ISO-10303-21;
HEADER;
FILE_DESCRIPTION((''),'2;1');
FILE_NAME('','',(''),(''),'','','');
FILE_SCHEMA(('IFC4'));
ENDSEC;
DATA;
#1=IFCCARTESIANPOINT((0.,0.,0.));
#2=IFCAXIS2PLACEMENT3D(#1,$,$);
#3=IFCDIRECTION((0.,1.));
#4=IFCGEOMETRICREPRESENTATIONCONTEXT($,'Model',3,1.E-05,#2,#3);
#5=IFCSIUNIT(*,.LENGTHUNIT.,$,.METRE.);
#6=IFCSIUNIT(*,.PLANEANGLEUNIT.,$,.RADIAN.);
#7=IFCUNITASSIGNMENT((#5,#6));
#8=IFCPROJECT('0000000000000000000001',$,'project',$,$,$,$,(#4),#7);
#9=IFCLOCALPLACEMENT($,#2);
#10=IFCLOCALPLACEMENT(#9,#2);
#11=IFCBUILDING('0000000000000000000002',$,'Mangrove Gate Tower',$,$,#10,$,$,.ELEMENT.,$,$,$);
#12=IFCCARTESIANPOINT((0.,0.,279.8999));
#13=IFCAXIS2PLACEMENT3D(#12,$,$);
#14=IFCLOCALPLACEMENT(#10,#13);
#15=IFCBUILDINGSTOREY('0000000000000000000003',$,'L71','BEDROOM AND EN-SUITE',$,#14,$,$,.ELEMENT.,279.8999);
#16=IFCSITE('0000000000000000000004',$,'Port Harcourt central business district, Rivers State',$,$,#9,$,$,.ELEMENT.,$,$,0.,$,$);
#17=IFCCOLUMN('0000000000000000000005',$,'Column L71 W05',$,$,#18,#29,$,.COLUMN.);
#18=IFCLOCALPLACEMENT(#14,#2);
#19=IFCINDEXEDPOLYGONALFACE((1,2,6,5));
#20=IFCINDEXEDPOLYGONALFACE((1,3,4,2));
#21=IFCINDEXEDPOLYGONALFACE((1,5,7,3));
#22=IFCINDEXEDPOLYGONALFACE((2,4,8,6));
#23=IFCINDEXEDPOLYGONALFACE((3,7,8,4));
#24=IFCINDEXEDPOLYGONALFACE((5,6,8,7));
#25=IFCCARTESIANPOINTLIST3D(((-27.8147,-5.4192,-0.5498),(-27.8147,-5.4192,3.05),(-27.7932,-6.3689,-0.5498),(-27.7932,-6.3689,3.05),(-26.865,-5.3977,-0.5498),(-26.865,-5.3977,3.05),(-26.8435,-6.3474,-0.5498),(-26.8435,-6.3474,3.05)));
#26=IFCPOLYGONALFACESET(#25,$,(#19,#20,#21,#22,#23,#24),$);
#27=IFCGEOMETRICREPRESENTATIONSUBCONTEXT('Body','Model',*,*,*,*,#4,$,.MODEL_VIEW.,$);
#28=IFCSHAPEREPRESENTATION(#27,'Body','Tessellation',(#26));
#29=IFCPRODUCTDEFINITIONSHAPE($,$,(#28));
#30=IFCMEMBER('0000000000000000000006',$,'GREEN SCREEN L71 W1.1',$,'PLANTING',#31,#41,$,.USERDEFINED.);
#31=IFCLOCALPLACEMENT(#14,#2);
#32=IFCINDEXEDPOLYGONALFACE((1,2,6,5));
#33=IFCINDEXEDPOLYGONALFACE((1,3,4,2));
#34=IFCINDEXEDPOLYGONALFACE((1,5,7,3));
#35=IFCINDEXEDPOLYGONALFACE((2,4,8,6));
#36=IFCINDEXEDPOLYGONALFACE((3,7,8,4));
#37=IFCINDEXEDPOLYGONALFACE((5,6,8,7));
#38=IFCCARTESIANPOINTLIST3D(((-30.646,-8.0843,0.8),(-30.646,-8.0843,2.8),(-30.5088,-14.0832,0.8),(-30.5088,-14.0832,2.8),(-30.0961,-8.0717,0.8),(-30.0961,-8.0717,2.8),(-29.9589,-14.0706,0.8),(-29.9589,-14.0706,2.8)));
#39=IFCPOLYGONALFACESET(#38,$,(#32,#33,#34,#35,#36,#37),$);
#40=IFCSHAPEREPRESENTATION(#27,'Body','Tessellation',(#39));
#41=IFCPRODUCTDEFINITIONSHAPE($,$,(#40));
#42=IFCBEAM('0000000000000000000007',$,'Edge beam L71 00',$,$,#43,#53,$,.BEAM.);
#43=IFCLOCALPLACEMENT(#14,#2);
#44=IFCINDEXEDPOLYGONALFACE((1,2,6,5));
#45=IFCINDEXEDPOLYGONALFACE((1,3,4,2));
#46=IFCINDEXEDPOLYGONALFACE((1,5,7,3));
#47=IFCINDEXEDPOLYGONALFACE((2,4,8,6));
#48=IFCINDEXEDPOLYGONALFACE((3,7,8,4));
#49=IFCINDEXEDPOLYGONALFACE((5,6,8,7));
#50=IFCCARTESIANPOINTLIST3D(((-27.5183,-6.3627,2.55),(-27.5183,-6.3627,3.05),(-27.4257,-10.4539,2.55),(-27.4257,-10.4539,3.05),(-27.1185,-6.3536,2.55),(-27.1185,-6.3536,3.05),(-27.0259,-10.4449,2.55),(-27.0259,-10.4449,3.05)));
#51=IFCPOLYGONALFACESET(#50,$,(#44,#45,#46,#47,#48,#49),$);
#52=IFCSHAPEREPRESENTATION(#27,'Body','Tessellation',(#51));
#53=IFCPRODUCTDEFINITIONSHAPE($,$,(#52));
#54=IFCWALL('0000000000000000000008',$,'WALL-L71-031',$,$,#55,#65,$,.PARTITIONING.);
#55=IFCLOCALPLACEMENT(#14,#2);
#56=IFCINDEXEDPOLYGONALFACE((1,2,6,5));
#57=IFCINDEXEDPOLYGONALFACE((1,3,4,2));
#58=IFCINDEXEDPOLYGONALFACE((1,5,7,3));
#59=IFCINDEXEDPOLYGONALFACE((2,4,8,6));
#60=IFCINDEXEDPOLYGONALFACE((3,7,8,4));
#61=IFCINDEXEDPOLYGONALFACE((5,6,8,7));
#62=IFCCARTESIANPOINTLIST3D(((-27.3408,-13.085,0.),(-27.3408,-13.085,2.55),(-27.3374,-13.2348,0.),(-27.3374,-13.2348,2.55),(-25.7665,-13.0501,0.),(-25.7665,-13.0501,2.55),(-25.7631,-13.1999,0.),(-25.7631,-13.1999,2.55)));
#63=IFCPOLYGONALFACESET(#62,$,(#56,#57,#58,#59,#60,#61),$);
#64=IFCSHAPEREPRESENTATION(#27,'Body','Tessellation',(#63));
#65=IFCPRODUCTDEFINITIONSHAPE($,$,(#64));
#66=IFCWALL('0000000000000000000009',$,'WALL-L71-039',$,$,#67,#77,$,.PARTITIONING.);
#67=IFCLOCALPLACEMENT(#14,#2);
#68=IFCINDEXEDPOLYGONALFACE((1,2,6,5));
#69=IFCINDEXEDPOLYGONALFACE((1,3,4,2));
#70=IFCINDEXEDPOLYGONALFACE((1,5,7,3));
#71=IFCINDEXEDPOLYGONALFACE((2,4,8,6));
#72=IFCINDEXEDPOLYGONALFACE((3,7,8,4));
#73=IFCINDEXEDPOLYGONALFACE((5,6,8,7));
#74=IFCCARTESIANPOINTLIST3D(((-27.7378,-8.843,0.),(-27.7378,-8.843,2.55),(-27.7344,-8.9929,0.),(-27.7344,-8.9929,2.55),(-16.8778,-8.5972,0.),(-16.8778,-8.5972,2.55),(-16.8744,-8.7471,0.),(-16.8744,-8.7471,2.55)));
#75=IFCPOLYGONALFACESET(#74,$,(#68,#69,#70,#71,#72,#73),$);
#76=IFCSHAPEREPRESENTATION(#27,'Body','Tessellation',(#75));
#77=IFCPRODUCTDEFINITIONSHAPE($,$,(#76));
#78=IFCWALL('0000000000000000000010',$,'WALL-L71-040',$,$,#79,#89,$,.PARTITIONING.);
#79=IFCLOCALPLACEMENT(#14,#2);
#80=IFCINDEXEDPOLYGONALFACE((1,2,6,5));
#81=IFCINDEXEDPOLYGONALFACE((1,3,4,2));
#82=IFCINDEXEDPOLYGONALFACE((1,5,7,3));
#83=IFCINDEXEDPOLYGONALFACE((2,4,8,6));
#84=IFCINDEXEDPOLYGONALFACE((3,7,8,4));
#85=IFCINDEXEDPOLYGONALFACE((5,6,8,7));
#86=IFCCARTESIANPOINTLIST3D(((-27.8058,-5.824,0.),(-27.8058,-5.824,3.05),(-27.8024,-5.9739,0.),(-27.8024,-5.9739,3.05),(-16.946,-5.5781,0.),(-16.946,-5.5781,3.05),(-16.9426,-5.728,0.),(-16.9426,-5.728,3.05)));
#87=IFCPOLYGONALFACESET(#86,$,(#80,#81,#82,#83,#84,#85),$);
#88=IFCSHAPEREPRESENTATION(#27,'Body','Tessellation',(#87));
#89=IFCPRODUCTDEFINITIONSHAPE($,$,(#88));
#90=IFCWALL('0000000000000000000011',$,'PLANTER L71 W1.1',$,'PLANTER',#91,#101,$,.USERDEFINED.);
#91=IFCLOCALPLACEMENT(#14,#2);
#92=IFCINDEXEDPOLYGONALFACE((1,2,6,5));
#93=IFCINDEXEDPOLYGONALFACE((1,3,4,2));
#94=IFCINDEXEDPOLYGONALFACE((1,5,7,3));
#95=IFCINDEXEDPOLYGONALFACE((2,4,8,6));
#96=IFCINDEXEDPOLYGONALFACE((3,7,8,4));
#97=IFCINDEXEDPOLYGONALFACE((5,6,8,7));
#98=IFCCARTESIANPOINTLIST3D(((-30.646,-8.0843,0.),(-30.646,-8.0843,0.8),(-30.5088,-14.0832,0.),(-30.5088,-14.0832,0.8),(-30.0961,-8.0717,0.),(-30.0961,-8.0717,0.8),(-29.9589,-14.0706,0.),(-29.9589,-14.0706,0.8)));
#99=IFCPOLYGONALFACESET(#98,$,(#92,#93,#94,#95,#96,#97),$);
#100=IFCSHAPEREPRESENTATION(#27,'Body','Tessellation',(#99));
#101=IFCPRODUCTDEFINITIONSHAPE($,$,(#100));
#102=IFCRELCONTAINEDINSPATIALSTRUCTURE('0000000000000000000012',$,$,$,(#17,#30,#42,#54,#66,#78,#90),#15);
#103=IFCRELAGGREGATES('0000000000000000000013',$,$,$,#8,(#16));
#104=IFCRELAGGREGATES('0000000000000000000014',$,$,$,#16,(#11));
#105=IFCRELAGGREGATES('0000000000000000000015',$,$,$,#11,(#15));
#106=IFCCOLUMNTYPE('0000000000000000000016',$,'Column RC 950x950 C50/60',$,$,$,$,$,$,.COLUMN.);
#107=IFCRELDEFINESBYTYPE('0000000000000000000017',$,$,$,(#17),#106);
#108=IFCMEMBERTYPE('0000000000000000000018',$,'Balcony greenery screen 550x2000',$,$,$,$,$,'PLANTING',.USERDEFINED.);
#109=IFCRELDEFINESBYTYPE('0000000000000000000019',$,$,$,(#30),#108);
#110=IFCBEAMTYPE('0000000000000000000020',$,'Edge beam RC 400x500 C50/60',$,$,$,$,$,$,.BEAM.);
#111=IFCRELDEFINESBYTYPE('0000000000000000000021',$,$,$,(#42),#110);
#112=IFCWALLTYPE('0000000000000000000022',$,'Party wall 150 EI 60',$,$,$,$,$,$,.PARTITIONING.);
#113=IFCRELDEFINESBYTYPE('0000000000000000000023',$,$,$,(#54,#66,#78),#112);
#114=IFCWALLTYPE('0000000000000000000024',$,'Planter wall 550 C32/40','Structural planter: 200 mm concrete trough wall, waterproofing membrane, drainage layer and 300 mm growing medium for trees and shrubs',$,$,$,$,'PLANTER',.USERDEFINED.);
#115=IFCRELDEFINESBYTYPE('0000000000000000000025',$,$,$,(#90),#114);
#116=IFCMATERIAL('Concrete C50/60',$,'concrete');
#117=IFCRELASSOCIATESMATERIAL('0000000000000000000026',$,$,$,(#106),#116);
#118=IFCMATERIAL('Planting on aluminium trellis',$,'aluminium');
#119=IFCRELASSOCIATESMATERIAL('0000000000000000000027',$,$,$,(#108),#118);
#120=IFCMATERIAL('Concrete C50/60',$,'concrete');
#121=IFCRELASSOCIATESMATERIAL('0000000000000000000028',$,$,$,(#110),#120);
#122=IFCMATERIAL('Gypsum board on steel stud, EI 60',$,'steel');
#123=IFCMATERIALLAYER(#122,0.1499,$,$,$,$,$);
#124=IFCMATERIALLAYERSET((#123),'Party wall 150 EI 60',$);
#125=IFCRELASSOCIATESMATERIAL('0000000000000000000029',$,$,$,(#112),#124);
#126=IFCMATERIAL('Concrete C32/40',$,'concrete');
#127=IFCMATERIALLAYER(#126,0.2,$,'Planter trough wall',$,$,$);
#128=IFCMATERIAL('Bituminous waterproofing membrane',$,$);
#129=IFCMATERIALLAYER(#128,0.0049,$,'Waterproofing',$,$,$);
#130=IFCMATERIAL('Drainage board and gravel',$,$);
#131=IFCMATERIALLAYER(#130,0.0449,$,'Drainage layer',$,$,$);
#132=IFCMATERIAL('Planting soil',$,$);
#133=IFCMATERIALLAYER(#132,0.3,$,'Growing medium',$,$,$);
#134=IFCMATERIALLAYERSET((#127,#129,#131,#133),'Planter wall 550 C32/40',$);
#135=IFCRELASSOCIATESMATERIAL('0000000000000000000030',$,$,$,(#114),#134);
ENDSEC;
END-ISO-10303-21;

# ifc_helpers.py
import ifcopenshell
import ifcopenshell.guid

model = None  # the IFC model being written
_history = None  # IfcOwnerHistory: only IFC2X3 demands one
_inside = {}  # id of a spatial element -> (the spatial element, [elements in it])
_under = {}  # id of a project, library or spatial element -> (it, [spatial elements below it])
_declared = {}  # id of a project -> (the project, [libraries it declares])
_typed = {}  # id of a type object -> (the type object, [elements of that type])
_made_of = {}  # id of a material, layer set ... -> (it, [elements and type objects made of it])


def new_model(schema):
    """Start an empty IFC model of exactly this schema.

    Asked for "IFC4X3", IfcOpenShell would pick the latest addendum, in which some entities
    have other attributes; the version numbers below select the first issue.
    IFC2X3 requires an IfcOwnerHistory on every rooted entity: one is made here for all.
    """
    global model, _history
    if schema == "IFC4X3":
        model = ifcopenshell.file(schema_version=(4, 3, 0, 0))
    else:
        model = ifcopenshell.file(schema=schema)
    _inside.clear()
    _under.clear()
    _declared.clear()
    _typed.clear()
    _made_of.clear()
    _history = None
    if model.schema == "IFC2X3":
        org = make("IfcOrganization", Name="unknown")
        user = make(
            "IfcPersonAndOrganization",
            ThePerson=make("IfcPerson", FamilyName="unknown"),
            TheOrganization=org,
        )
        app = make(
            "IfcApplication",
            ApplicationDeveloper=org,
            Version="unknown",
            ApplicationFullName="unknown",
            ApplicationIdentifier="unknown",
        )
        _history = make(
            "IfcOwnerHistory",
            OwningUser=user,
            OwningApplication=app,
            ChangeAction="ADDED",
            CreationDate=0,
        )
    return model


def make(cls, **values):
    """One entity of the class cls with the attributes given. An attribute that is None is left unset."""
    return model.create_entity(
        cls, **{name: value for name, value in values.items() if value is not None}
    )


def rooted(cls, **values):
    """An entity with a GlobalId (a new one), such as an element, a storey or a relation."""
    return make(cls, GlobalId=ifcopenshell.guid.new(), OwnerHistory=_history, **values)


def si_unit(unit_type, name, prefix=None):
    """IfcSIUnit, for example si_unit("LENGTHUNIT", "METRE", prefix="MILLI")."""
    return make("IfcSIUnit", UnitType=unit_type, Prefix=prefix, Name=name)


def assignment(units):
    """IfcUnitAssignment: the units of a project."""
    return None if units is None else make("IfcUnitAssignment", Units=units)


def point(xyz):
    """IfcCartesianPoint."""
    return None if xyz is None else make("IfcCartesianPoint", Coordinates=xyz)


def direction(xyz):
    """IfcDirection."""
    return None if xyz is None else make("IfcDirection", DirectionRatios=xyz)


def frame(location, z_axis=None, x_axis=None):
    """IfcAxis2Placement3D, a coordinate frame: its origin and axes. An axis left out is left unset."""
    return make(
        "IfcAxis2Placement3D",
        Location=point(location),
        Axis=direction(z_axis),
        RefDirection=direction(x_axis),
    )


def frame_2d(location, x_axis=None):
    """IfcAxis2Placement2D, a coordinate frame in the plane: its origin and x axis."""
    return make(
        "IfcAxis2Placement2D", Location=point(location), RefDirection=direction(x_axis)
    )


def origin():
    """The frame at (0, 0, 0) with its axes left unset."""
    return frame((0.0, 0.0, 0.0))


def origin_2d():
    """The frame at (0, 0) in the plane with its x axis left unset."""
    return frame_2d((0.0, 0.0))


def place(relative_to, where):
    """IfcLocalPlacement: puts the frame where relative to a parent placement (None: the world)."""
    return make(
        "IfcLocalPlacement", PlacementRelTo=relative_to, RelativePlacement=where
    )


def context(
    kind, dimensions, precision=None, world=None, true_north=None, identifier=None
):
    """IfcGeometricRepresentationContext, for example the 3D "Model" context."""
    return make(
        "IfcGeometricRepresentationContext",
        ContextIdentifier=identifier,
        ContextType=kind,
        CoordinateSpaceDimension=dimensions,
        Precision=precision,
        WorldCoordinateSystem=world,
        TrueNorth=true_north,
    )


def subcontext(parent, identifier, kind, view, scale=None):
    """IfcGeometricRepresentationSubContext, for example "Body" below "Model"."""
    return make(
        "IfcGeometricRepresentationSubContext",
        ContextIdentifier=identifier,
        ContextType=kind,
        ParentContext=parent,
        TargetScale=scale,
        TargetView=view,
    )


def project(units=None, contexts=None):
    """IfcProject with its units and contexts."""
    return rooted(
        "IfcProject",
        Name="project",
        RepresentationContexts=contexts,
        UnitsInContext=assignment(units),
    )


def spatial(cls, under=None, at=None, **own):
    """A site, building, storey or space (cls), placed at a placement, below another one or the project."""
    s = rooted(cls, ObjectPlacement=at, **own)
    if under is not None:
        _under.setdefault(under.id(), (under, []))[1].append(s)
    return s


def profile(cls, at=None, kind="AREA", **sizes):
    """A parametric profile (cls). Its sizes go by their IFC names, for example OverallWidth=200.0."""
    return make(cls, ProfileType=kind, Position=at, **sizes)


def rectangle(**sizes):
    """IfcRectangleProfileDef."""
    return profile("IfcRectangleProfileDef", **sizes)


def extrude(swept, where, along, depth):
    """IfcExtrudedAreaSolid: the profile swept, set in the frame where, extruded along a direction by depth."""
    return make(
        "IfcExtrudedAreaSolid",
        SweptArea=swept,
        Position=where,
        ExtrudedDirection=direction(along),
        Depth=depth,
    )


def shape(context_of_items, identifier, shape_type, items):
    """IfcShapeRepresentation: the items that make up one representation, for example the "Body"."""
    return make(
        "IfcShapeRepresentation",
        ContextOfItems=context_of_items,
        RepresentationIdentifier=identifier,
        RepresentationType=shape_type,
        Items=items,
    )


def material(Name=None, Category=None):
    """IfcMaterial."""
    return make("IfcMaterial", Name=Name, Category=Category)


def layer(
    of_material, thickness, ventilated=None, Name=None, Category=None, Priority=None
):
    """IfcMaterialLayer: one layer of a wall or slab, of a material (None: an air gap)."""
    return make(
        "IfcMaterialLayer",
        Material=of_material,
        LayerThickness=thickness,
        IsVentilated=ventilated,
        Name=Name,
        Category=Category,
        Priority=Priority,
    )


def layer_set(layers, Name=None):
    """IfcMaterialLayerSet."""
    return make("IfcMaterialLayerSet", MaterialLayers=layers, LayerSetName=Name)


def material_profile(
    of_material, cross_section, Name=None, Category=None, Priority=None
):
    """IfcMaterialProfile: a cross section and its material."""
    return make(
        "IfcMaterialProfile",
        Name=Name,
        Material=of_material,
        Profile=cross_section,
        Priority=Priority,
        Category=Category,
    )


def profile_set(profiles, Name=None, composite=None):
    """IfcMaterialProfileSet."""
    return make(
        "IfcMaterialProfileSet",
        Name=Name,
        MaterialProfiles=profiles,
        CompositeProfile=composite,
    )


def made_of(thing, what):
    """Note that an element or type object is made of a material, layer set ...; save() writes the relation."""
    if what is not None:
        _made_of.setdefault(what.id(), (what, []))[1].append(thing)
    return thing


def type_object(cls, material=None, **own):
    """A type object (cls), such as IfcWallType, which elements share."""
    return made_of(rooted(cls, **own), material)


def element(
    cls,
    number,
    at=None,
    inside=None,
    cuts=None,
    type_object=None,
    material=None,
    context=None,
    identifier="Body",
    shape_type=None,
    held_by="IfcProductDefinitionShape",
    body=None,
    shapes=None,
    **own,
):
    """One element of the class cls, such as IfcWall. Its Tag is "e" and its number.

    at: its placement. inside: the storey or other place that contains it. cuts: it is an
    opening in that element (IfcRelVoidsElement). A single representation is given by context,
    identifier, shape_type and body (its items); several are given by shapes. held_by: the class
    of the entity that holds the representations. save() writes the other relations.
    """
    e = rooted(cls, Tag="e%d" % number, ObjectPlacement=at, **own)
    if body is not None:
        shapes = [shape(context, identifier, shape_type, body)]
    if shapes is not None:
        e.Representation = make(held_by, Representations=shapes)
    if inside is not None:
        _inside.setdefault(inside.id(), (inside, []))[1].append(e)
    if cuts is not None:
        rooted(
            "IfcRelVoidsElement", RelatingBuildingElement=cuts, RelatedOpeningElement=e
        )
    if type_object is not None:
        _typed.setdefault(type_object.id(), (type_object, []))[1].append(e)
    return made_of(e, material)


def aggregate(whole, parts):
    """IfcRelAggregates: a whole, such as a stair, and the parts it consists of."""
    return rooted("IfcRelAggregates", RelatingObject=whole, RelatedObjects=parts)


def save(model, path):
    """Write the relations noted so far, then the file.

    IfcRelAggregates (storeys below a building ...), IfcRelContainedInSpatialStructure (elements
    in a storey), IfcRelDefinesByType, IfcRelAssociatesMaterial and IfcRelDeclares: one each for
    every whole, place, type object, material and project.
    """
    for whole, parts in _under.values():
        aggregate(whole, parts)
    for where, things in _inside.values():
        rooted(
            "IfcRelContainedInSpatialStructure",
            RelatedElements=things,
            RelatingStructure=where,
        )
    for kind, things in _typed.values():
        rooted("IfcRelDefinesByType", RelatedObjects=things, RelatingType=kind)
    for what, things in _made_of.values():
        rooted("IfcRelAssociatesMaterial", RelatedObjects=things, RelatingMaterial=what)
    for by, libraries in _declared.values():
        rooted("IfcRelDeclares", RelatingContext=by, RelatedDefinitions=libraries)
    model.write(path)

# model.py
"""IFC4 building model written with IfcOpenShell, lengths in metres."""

from ifc_helpers import new_model, si_unit, direction, frame, frame_2d, origin, origin_2d, place, context, subcontext, project, spatial, rectangle, extrude, material, layer, layer_set, material_profile, profile_set, type_object, element, save


model = new_model("IFC4")

# Units and contexts
model_context = context("Model", 3, precision=1e-05, world=origin(), true_north=direction((0.0, 1.0)))
body_context = subcontext(model_context, "Body", "Model", "MODEL_VIEW")
ifc_project = project(units=[si_unit("LENGTHUNIT", "METRE"), si_unit("PLANEANGLEUNIT", "RADIAN")], contexts=[model_context])

# Site, building, storey
site_placement = place(None, origin())
site = spatial("IfcSite", under=ifc_project, at=site_placement, Name="Port Harcourt central business district, Rivers State", CompositionType="ELEMENT", RefElevation=0.0)
building_placement = place(site_placement, origin())
building = spatial("IfcBuilding", under=site, at=building_placement, Name="Mangrove Gate Tower", CompositionType="ELEMENT")
storey_placement = place(building_placement, frame((0.0, 0.0, 279.8999)))
storey = spatial("IfcBuildingStorey", under=building, at=storey_placement, Name="L71", Description="BEDROOM AND EN-SUITE", CompositionType="ELEMENT", Elevation=279.8999)

# Column
ifc_material_1 = material(Name="Concrete C50/60", Category="concrete")
ifc_material_profile_1 = material_profile(ifc_material_1, rectangle(XDim=0.95, YDim=0.95, at=origin_2d()))
ifc_profile_set_1 = profile_set([ifc_material_profile_1], Name="Concrete C50/60")
column_type = type_object("IfcColumnType", Name="Column RC 950x950 C50/60", PredefinedType="COLUMN", material=ifc_profile_set_1)
column_placement = place(storey_placement, frame((-27.3291, -5.8833, -0.5498), z_axis=(0.0, 0.0, 1.0), x_axis=(0.022668, -0.999743, 0.0)))
element("IfcColumn", 1, at=column_placement, inside=storey, type_object=column_type, Name="Column L71 W05", PredefinedType="COLUMN", context=body_context, shape_type="SweptSolid", body=[
    extrude(rectangle(XDim=0.95, YDim=0.95, at=origin_2d()), origin(), (0.0, 0.0, 1.0), 3.5999),
])

# Member
ifc_material_2 = material(Name="Planting on aluminium trellis", Category="aluminium")
ifc_material_profile_2 = material_profile(ifc_material_2, rectangle(XDim=0.55, YDim=2.0, at=origin_2d()))
ifc_profile_set_2 = profile_set([ifc_material_profile_2], Name="Planting on aluminium trellis")
member_type = type_object("IfcMemberType", Name="Balcony greenery screen 550x2000", ElementType="PLANTING", PredefinedType="USERDEFINED", material=ifc_profile_set_2)
member_placement = place(storey_placement, frame((-30.2339, -14.0769, 1.8), z_axis=(-0.022866, 0.999739, 0.0), x_axis=(-0.999739, -0.022866, 0.0)))
element("IfcMember", 2, at=member_placement, inside=storey, type_object=member_type, Name="GREEN SCREEN L71 W1.1", ObjectType="PLANTING", PredefinedType="USERDEFINED", context=body_context, shape_type="SweptSolid", body=[
    extrude(rectangle(XDim=0.55, YDim=2.0, at=origin_2d()), origin(), (0.0, 0.0, 1.0), 6.0005),
])

# Beam
ifc_material_3 = material(Name="Concrete C50/60", Category="concrete")
ifc_material_profile_3 = material_profile(ifc_material_3, rectangle(XDim=0.3999, YDim=0.5, at=origin_2d()))
ifc_profile_set_3 = profile_set([ifc_material_profile_3], Name="Concrete C50/60")
beam_type = type_object("IfcBeamType", Name="Edge beam RC 400x500 C50/60", PredefinedType="BEAM", material=ifc_profile_set_3)
beam_placement = place(storey_placement, frame((-27.3184, -6.3582, 2.8), z_axis=(0.02261, -0.999744, 0.0), x_axis=(0.999744, 0.02261, 0.0)))
element("IfcBeam", 3, at=beam_placement, inside=storey, type_object=beam_type, Name="Edge beam L71 00", PredefinedType="BEAM", context=body_context, shape_type="SweptSolid", body=[
    extrude(rectangle(XDim=0.3999, YDim=0.5, at=origin_2d()), origin(), (0.0, 0.0, 1.0), 4.0923),
])

# Walls
ifc_material_4 = material(Name="Gypsum board on steel stud, EI 60", Category="steel")
ifc_layer_1 = layer(ifc_material_4, 0.1499)
ifc_layer_set_1 = layer_set([ifc_layer_1], Name="Party wall 150 EI 60")
wall_type_1 = type_object("IfcWallType", Name="Party wall 150 EI 60", PredefinedType="PARTITIONING", material=ifc_layer_set_1)
wall_1_placement = place(storey_placement, frame((-27.3391, -13.1599, 0.0), z_axis=(0.0, 0.0, 1.0), x_axis=(0.999754, 0.022172, 0.0)))
element("IfcWall", 4, at=wall_1_placement, inside=storey, type_object=wall_type_1, Name="WALL-L71-031", PredefinedType="PARTITIONING", context=body_context, shape_type="SweptSolid", body=[
    extrude(rectangle(XDim=1.5747, YDim=0.1499, at=frame_2d((0.7874, 0.0))), origin(), (0.0, 0.0, 1.0), 2.55),
])
wall_2_placement = place(storey_placement, frame((-27.7361, -8.918, 0.0), z_axis=(0.0, 0.0, 1.0), x_axis=(0.999744, 0.022632, 0.0)))
element("IfcWall", 5, at=wall_2_placement, inside=storey, type_object=wall_type_1, Name="WALL-L71-039", PredefinedType="PARTITIONING", context=body_context, shape_type="SweptSolid", body=[
    extrude(rectangle(XDim=10.8628, YDim=0.1499, at=frame_2d((5.4314, 0.0))), origin(), (0.0, 0.0, 1.0), 2.55),
])
wall_3_placement = place(storey_placement, frame((-27.804, -5.8989, 0.0), z_axis=(0.0, 0.0, 1.0), x_axis=(0.999744, 0.022633, 0.0)))
element("IfcWall", 6, at=wall_3_placement, inside=storey, type_object=wall_type_1, Name="WALL-L71-040", PredefinedType="PARTITIONING", context=body_context, shape_type="SweptSolid", body=[
    extrude(rectangle(XDim=10.8625, YDim=0.1499, at=frame_2d((5.4312, 0.0))), origin(), (0.0, 0.0, 1.0), 3.05),
])
ifc_material_5 = material(Name="Concrete C32/40", Category="concrete")
ifc_layer_2 = layer(ifc_material_5, 0.2, Name="Planter trough wall")
ifc_material_6 = material(Name="Bituminous waterproofing membrane")
ifc_layer_3 = layer(ifc_material_6, 0.0049, Name="Waterproofing")
ifc_material_7 = material(Name="Drainage board and gravel")
ifc_layer_4 = layer(ifc_material_7, 0.0449, Name="Drainage layer")
ifc_material_8 = material(Name="Planting soil")
ifc_layer_5 = layer(ifc_material_8, 0.3, Name="Growing medium")
ifc_layer_set_2 = layer_set([ifc_layer_2, ifc_layer_3, ifc_layer_4, ifc_layer_5], Name="Planter wall 550 C32/40")
wall_type_2 = type_object("IfcWallType", Name="Planter wall 550 C32/40", Description="Structural planter: 200 mm concrete trough wall, waterproofing membrane, drainage layer and 300 mm growing medium for trees and shrubs", ElementType="PLANTER", PredefinedType="USERDEFINED", material=ifc_layer_set_2)
wall_4_placement = place(storey_placement, frame((-30.2339, -14.0769, 0.0), z_axis=(0.0, 0.0, 1.0), x_axis=(-0.022866, 0.999739, 0.0)))
element("IfcWall", 7, at=wall_4_placement, inside=storey, type_object=wall_type_2, Name="PLANTER L71 W1.1", ObjectType="PLANTER", PredefinedType="USERDEFINED", context=body_context, shape_type="SweptSolid", body=[
    extrude(rectangle(XDim=6.0005, YDim=0.55, at=frame_2d((3.0002, 0.0))), origin(), (0.0, 0.0, 1.0), 0.8),
])

save(model, "model.ifc")
